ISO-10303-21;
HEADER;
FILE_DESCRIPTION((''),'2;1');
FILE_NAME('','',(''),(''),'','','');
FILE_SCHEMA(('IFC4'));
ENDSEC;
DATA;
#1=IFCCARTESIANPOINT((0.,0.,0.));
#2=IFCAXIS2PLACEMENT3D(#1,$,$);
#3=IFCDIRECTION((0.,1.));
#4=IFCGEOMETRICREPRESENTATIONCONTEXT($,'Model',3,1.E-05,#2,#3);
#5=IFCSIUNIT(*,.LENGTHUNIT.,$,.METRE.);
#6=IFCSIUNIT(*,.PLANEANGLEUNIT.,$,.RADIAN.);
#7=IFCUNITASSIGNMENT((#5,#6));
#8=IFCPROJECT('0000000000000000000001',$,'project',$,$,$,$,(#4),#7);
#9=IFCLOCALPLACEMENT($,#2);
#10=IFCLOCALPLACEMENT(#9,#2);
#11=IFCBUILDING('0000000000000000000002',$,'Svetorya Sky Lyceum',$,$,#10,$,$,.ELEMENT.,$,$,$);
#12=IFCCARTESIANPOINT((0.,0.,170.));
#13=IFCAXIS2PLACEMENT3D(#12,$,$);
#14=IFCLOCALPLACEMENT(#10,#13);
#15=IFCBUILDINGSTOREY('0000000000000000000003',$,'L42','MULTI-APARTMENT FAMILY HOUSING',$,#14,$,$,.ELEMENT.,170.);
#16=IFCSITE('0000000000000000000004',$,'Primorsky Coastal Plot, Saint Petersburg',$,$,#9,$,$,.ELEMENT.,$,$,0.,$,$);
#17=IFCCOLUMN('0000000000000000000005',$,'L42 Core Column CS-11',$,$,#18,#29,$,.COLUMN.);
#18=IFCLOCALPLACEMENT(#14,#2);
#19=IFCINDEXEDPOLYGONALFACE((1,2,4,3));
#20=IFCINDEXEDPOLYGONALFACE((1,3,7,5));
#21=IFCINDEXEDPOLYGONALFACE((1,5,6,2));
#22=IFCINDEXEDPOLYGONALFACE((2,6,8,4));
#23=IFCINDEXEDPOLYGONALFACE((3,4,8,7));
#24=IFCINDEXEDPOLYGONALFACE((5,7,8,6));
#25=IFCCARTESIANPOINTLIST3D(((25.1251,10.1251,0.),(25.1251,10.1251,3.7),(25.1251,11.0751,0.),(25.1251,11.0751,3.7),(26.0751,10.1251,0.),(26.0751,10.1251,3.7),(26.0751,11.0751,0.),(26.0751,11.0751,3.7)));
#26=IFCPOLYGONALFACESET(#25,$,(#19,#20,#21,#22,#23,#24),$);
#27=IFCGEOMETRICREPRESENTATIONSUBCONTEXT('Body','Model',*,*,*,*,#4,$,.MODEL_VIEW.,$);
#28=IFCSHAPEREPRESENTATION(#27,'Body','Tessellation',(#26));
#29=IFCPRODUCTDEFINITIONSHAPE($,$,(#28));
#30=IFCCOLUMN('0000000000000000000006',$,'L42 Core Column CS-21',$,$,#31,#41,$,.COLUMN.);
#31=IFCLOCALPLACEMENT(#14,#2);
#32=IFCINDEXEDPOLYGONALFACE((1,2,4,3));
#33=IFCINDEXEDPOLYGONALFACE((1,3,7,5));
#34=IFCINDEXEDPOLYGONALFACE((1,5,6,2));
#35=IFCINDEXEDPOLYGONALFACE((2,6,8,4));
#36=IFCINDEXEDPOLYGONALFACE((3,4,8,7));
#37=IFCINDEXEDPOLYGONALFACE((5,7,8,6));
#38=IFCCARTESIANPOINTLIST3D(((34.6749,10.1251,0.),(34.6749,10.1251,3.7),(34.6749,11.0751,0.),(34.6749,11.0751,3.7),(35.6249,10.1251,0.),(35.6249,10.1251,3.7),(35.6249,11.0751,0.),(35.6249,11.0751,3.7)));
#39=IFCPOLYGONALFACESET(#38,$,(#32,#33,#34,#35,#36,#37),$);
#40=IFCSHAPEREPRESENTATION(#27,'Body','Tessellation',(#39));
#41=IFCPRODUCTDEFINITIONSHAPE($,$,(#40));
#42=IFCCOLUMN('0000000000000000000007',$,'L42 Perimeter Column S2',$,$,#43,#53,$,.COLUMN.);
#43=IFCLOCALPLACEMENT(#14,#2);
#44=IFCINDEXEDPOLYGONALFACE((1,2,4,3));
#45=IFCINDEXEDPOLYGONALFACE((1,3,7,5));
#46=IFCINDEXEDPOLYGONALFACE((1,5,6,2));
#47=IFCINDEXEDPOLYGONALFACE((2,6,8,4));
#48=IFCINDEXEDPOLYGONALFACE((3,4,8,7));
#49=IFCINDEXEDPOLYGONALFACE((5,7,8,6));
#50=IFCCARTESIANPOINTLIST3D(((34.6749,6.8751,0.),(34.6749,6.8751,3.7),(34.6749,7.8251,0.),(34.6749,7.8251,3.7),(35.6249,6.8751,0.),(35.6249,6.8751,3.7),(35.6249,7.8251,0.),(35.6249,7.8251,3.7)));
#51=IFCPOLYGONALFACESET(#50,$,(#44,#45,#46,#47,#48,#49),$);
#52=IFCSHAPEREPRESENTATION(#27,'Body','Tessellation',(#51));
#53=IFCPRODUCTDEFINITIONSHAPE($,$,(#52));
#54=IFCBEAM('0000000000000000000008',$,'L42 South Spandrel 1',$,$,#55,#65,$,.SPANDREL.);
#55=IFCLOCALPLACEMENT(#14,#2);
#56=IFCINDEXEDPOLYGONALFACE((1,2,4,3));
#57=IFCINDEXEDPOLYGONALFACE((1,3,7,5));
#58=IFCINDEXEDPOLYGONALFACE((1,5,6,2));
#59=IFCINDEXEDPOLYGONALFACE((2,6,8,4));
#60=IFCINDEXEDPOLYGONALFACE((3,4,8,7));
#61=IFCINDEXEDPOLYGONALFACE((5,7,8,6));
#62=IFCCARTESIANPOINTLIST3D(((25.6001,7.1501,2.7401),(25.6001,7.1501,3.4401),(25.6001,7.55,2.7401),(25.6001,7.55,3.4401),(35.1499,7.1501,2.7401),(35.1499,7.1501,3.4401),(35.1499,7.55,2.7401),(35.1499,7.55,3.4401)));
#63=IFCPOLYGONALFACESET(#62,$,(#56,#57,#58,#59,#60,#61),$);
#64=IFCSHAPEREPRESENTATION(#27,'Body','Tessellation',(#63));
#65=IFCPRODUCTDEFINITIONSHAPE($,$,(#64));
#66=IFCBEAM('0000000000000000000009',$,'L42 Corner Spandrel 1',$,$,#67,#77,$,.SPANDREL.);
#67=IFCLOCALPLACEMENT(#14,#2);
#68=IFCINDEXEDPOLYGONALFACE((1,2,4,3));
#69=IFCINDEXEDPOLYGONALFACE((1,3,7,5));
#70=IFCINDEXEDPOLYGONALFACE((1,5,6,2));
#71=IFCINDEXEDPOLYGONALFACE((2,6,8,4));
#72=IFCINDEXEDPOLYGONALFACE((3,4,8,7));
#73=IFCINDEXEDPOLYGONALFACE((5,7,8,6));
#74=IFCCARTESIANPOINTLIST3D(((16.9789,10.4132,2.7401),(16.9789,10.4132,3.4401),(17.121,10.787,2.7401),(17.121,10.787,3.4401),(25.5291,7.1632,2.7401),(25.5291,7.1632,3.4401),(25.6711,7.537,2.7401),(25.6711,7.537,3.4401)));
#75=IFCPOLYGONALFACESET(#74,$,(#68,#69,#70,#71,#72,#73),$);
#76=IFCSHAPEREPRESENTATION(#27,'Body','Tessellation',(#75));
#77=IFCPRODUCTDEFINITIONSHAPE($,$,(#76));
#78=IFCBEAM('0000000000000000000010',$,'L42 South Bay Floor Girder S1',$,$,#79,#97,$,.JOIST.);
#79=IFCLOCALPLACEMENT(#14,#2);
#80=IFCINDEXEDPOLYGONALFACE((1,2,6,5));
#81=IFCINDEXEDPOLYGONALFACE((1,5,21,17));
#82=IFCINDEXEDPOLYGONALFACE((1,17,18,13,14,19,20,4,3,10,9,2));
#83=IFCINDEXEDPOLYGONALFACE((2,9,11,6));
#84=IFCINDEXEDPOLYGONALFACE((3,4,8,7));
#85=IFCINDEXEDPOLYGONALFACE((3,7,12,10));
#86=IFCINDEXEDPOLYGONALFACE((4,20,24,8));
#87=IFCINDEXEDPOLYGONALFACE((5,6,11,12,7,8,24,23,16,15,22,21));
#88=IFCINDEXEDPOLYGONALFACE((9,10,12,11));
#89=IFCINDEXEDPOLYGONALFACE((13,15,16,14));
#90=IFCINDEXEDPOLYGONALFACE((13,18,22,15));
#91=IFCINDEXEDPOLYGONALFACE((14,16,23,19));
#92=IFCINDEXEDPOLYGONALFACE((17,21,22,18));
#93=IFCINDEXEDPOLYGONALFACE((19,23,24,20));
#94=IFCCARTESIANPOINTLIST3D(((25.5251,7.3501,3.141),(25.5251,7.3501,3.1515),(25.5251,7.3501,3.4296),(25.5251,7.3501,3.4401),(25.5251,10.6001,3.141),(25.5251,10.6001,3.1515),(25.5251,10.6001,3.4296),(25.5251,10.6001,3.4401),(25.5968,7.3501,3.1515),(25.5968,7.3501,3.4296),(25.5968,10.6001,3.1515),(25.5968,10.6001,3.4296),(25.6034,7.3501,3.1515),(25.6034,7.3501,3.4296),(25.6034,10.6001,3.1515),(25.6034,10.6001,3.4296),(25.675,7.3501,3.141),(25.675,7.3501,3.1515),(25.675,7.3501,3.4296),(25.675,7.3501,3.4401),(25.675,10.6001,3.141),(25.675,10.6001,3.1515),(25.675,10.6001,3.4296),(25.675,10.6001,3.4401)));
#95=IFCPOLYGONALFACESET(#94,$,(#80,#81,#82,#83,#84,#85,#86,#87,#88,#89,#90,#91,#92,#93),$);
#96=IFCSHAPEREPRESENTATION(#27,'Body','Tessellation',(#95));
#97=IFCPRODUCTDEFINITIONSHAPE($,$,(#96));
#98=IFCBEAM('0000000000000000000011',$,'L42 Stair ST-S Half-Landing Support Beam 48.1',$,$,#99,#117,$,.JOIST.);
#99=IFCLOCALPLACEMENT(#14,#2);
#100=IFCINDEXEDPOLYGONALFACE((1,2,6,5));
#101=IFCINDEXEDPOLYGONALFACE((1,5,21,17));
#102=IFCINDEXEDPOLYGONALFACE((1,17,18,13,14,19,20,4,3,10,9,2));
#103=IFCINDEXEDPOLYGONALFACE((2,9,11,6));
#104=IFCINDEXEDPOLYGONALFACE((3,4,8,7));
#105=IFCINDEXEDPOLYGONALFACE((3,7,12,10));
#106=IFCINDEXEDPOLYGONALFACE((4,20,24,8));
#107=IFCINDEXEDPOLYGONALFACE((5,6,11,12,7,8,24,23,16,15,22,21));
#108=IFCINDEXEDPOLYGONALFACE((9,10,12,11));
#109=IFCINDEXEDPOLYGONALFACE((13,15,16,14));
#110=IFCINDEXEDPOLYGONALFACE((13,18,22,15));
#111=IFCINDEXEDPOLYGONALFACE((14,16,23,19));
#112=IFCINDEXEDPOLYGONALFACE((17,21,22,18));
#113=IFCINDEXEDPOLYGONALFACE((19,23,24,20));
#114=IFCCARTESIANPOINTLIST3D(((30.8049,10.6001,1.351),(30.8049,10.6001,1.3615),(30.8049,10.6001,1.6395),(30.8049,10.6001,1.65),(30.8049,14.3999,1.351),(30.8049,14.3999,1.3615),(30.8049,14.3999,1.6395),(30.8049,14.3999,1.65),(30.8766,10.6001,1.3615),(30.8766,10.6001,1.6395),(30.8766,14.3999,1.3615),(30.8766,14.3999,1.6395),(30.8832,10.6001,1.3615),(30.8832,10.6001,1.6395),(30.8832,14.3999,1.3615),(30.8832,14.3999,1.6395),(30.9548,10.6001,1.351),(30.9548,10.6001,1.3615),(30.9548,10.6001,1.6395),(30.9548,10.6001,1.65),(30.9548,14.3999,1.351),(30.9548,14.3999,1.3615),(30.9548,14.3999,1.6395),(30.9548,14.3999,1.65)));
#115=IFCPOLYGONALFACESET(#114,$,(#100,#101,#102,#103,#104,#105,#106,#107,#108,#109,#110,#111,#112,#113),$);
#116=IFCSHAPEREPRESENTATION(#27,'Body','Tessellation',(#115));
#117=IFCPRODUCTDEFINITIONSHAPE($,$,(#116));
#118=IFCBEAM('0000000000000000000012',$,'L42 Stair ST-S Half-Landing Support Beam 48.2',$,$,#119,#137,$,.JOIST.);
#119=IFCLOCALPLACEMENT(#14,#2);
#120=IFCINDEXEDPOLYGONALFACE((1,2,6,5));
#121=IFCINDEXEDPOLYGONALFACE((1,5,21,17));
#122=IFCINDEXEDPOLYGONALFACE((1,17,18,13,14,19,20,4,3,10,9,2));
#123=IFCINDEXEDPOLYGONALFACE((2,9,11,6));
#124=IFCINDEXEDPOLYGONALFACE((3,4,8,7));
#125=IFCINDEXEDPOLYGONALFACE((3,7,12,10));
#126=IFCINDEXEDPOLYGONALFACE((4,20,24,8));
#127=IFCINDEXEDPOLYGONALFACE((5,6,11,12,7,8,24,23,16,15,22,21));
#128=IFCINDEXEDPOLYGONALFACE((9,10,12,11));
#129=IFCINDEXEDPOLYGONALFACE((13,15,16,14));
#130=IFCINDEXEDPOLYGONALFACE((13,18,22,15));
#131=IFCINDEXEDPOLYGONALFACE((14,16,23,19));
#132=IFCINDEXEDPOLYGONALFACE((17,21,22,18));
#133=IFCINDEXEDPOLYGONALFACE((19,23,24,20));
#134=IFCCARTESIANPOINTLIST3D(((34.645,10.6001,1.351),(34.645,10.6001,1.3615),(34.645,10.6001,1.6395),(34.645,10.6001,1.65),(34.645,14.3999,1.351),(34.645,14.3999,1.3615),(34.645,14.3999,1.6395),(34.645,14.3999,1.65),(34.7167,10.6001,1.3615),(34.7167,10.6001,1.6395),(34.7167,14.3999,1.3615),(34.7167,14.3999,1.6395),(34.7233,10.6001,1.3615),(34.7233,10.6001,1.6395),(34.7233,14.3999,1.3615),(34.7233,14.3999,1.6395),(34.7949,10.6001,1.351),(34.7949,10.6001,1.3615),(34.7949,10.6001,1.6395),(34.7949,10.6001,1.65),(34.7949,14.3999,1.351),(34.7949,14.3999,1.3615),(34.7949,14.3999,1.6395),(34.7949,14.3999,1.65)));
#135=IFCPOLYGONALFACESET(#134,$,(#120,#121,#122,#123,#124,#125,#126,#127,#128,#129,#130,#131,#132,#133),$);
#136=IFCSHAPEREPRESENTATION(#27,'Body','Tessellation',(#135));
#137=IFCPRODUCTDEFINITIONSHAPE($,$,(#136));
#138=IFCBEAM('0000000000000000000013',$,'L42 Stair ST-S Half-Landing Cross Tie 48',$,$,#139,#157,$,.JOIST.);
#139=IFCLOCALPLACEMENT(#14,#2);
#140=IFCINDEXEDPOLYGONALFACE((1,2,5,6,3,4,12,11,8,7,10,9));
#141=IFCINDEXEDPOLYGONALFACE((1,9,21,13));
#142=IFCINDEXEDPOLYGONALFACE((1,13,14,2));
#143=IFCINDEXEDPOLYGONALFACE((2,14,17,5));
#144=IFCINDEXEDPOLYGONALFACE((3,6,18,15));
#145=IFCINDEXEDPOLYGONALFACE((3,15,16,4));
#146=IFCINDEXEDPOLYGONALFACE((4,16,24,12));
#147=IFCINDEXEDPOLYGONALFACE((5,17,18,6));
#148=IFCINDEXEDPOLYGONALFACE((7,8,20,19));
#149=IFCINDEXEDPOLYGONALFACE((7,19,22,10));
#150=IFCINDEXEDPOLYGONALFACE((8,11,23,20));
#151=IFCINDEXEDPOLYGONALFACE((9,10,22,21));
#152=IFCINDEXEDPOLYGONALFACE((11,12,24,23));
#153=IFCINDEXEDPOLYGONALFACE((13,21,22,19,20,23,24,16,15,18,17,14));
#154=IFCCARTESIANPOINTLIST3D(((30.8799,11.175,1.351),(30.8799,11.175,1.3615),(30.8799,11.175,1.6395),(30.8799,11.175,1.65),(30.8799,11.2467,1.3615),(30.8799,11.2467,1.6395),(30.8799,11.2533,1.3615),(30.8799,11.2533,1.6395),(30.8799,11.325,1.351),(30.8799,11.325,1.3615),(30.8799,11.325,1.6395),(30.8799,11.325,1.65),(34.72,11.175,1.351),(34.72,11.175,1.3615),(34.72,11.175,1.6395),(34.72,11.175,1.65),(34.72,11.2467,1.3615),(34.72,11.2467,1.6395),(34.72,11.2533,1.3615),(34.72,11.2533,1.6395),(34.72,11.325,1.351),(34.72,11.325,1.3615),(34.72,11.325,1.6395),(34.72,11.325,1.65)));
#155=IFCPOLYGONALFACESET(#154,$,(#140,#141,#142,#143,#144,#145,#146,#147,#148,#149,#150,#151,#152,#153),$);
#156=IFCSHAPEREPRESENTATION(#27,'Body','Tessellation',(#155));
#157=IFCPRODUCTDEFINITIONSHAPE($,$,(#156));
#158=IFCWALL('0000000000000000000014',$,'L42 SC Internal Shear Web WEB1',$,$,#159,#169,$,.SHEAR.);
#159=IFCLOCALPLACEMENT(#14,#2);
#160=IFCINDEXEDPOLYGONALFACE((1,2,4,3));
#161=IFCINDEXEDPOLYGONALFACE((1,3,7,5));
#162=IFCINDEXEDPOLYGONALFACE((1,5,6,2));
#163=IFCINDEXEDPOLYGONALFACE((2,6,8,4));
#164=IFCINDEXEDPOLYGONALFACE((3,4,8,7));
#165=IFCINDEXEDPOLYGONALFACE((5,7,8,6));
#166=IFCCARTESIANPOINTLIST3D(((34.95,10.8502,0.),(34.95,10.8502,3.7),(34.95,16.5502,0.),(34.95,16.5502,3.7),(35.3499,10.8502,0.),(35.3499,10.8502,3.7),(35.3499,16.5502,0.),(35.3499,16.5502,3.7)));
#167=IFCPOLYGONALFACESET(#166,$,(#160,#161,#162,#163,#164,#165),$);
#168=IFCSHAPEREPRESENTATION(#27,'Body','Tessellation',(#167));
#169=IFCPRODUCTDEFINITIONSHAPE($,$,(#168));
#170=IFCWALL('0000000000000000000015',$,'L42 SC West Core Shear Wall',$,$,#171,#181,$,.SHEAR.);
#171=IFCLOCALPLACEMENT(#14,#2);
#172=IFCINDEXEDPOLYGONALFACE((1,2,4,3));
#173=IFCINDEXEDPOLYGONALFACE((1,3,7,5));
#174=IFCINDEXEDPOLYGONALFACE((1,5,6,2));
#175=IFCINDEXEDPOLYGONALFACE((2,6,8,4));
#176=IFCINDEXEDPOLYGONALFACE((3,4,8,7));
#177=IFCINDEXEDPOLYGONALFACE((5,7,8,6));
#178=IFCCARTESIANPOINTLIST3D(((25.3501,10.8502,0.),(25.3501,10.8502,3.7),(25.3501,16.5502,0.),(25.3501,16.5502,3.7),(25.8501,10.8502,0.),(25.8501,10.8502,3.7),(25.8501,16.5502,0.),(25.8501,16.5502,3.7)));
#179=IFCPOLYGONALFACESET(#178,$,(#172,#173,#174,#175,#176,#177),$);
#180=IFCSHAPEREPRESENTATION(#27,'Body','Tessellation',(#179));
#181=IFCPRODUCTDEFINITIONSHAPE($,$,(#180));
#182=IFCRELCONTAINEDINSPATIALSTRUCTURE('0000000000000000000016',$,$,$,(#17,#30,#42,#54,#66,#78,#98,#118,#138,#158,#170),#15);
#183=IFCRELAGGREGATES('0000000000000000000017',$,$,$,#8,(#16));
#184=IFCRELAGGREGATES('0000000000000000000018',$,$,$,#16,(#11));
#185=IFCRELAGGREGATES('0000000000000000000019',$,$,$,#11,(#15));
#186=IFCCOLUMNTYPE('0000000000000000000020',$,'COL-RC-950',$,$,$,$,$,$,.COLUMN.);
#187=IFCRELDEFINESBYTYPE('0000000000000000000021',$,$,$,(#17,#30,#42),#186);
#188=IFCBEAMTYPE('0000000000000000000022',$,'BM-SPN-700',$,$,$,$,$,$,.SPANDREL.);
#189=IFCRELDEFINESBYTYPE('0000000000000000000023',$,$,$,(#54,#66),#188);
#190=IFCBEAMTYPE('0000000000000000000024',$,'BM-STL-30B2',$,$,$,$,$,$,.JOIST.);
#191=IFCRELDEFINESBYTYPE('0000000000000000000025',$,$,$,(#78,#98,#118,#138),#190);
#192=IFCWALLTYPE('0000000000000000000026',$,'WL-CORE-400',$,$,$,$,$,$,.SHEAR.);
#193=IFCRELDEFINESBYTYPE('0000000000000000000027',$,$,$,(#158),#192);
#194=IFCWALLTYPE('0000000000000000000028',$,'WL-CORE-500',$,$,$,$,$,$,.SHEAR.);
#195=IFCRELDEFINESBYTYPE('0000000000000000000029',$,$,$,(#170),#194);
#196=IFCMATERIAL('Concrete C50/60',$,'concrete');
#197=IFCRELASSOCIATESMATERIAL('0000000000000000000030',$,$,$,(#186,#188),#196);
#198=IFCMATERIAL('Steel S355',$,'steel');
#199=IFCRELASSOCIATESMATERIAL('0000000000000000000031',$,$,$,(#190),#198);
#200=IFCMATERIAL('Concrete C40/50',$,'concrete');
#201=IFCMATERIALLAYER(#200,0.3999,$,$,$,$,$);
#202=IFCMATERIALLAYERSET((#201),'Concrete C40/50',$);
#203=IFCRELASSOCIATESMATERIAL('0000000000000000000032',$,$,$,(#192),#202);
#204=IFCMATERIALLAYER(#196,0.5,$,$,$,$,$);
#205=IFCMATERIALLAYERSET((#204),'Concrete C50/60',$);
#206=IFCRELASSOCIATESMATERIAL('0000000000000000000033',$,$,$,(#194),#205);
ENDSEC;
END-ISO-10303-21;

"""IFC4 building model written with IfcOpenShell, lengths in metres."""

from ifc_helpers import new_model, si_unit, direction, frame, frame_2d, origin, origin_2d, place, context, subcontext, project, spatial, rectangle, i_section, extrude, material, layer, layer_set, material_profile, profile_set, type_object, element, save


model = new_model("IFC4")

# Units and contexts
model_context = context("Model", 3, precision=1e-05, world=origin(), true_north=direction((0.0, 1.0)))
body_context = subcontext(model_context, "Body", "Model", "MODEL_VIEW")
ifc_project = project(units=[si_unit("LENGTHUNIT", "METRE"), si_unit("PLANEANGLEUNIT", "RADIAN")], contexts=[model_context])

# Site, building, storey
site_placement = place(None, origin())
site = spatial("IfcSite", under=ifc_project, at=site_placement, Name="Primorsky Coastal Plot, Saint Petersburg", CompositionType="ELEMENT", RefElevation=0.0)
building_placement = place(site_placement, origin())
building = spatial("IfcBuilding", under=site, at=building_placement, Name="Svetorya Sky Lyceum", CompositionType="ELEMENT")
storey_placement = place(building_placement, frame((0.0, 0.0, 170.0)))
storey = spatial("IfcBuildingStorey", under=building, at=storey_placement, Name="L42", Description="MULTI-APARTMENT FAMILY HOUSING", CompositionType="ELEMENT", Elevation=170.0)

# Columns
ifc_material_1 = material(Name="Concrete C50/60", Category="concrete")
ifc_material_profile_1 = material_profile(ifc_material_1, rectangle(XDim=0.95, YDim=0.95, at=origin_2d()), Name="RC COL 950x950")
ifc_profile_set_1 = profile_set([ifc_material_profile_1], Name="Concrete C50/60")
column_type = type_object("IfcColumnType", Name="COL-RC-950", PredefinedType="COLUMN", material=ifc_profile_set_1)
for number, where, z_axis, x_axis, name in (
    (1, (25.6001, 10.6001, 0.0), (0.0, 0.0, 1.0), (1.0, 0.0, 0.0), "L42 Core Column CS-11"),
    (2, (35.1499, 10.6001, 0.0), (0.0, 0.0, 1.0), (1.0, 0.0, 0.0), "L42 Core Column CS-21"),
    (3, (35.1499, 7.3501, 0.0), (0.0, 0.0, 1.0), (1.0, 0.0, 0.0), "L42 Perimeter Column S2"),
):
    element("IfcColumn", number, at=place(storey_placement, frame(where, z_axis=z_axis, x_axis=x_axis)), inside=storey, type_object=column_type, Name=name, PredefinedType="COLUMN", context=body_context, shape_type="SweptSolid", body=[
        extrude(rectangle(XDim=0.95, YDim=0.95, at=origin_2d()), origin(), (0.0, 0.0, 1.0), 3.7),
    ])

# Beams
ifc_material_profile_2 = material_profile(ifc_material_1, rectangle(XDim=0.3999, YDim=0.7, at=origin_2d()), Name="RC SPANDREL 400x700")
ifc_profile_set_2 = profile_set([ifc_material_profile_2], Name="Concrete C50/60")
beam_type_1 = type_object("IfcBeamType", Name="BM-SPN-700", PredefinedType="SPANDREL", material=ifc_profile_set_2)
beam_1_placement = place(storey_placement, frame((25.6001, 7.3501, 3.0901), z_axis=(1.0, 0.0, 0.0), x_axis=(0.0, 1.0, 0.0)))
element("IfcBeam", 4, at=beam_1_placement, inside=storey, type_object=beam_type_1, Name="L42 South Spandrel 1", PredefinedType="SPANDREL", context=body_context, shape_type="SweptSolid", body=[
    extrude(rectangle(XDim=0.3999, YDim=0.7, at=origin_2d()), origin(), (0.0, 0.0, 1.0), 9.5498),
])
beam_2_placement = place(storey_placement, frame((25.6001, 7.3501, 3.0901), z_axis=(-0.934748, 0.355312, 0.0), x_axis=(-0.355312, -0.934748, 0.0)))
element("IfcBeam", 5, at=beam_2_placement, inside=storey, type_object=beam_type_1, Name="L42 Corner Spandrel 1", PredefinedType="SPANDREL", context=body_context, shape_type="SweptSolid", body=[
    extrude(rectangle(XDim=0.3999, YDim=0.7, at=origin_2d()), origin(), (0.0, 0.0, 1.0), 9.147),
])
ifc_material_2 = material(Name="Steel S355", Category="steel")
ifc_material_profile_3 = material_profile(ifc_material_2, i_section(OverallWidth=0.1499, OverallDepth=0.2991, WebThickness=0.0066, FlangeThickness=0.0105, at=origin_2d()), Name="GOST 30B2")
ifc_profile_set_3 = profile_set([ifc_material_profile_3], Name="Steel S355")
beam_type_2 = type_object("IfcBeamType", Name="BM-STL-30B2", PredefinedType="JOIST", material=ifc_profile_set_3)
beam_3_placement = place(storey_placement, frame((25.6001, 7.3501, 3.2905), z_axis=(0.0, 1.0, 0.0), x_axis=(-1.0, 0.0, 0.0)))
element("IfcBeam", 6, at=beam_3_placement, inside=storey, type_object=beam_type_2, Name="L42 South Bay Floor Girder S1", PredefinedType="JOIST", context=body_context, shape_type="SweptSolid", body=[
    extrude(i_section(OverallWidth=0.1499, OverallDepth=0.2991, WebThickness=0.0066, FlangeThickness=0.0105, at=origin_2d()), origin(), (0.0, 0.0, 1.0), 3.25),
])
for number, where, z_axis, x_axis, name in (
    (7, (30.8799, 10.6001, 1.5005), (0.0, 1.0, 0.0), (-1.0, 0.0, 0.0), "L42 Stair ST-S Half-Landing Support Beam 48.1"),
    (8, (34.72, 10.6001, 1.5005), (0.0, 1.0, 0.0), (-1.0, 0.0, 0.0), "L42 Stair ST-S Half-Landing Support Beam 48.2"),
):
    element("IfcBeam", number, at=place(storey_placement, frame(where, z_axis=z_axis, x_axis=x_axis)), inside=storey, type_object=beam_type_2, Name=name, PredefinedType="JOIST", context=body_context, shape_type="SweptSolid", body=[
        extrude(i_section(OverallWidth=0.1499, OverallDepth=0.2991, WebThickness=0.0066, FlangeThickness=0.0105, at=origin_2d()), origin(), (0.0, 0.0, 1.0), 3.7998),
    ])
beam_4_placement = place(storey_placement, frame((30.8799, 11.25, 1.5005), z_axis=(1.0, 0.0, 0.0), x_axis=(0.0, 1.0, 0.0)))
element("IfcBeam", 9, at=beam_4_placement, inside=storey, type_object=beam_type_2, Name="L42 Stair ST-S Half-Landing Cross Tie 48", PredefinedType="JOIST", context=body_context, shape_type="SweptSolid", body=[
    extrude(i_section(OverallWidth=0.1499, OverallDepth=0.2991, WebThickness=0.0066, FlangeThickness=0.0105, at=origin_2d()), origin(), (0.0, 0.0, 1.0), 3.8401),
])

# Walls
ifc_material_3 = material(Name="Concrete C40/50", Category="concrete")
ifc_layer_1 = layer(ifc_material_3, 0.3999)
ifc_layer_set_1 = layer_set([ifc_layer_1], Name="Concrete C40/50")
wall_type_1 = type_object("IfcWallType", Name="WL-CORE-400", PredefinedType="SHEAR", material=ifc_layer_set_1)
wall_1_placement = place(storey_placement, frame((35.1499, 10.8501, 0.0), z_axis=(0.0, 0.0, 1.0), x_axis=(0.0, 1.0, 0.0)))
element("IfcWall", 10, at=wall_1_placement, inside=storey, type_object=wall_type_1, Name="L42 SC Internal Shear Web WEB1", PredefinedType="SHEAR", context=body_context, shape_type="SweptSolid", body=[
    extrude(rectangle(XDim=5.7, YDim=0.3999, at=frame_2d((2.8501, 0.0))), origin(), (0.0, 0.0, 1.0), 3.7),
])
ifc_layer_2 = layer(ifc_material_1, 0.5)
ifc_layer_set_2 = layer_set([ifc_layer_2], Name="Concrete C50/60")
wall_type_2 = type_object("IfcWallType", Name="WL-CORE-500", PredefinedType="SHEAR", material=ifc_layer_set_2)
wall_2_placement = place(storey_placement, frame((25.6001, 10.8501, 0.0), z_axis=(0.0, 0.0, 1.0), x_axis=(0.0, 1.0, 0.0)))
element("IfcWall", 11, at=wall_2_placement, inside=storey, type_object=wall_type_2, Name="L42 SC West Core Shear Wall", PredefinedType="SHEAR", context=body_context, shape_type="SweptSolid", body=[
    extrude(rectangle(XDim=5.7, YDim=0.5, at=frame_2d((2.8501, 0.0))), origin(), (0.0, 0.0, 1.0), 3.7),
])

save(model, "model.ifc")
